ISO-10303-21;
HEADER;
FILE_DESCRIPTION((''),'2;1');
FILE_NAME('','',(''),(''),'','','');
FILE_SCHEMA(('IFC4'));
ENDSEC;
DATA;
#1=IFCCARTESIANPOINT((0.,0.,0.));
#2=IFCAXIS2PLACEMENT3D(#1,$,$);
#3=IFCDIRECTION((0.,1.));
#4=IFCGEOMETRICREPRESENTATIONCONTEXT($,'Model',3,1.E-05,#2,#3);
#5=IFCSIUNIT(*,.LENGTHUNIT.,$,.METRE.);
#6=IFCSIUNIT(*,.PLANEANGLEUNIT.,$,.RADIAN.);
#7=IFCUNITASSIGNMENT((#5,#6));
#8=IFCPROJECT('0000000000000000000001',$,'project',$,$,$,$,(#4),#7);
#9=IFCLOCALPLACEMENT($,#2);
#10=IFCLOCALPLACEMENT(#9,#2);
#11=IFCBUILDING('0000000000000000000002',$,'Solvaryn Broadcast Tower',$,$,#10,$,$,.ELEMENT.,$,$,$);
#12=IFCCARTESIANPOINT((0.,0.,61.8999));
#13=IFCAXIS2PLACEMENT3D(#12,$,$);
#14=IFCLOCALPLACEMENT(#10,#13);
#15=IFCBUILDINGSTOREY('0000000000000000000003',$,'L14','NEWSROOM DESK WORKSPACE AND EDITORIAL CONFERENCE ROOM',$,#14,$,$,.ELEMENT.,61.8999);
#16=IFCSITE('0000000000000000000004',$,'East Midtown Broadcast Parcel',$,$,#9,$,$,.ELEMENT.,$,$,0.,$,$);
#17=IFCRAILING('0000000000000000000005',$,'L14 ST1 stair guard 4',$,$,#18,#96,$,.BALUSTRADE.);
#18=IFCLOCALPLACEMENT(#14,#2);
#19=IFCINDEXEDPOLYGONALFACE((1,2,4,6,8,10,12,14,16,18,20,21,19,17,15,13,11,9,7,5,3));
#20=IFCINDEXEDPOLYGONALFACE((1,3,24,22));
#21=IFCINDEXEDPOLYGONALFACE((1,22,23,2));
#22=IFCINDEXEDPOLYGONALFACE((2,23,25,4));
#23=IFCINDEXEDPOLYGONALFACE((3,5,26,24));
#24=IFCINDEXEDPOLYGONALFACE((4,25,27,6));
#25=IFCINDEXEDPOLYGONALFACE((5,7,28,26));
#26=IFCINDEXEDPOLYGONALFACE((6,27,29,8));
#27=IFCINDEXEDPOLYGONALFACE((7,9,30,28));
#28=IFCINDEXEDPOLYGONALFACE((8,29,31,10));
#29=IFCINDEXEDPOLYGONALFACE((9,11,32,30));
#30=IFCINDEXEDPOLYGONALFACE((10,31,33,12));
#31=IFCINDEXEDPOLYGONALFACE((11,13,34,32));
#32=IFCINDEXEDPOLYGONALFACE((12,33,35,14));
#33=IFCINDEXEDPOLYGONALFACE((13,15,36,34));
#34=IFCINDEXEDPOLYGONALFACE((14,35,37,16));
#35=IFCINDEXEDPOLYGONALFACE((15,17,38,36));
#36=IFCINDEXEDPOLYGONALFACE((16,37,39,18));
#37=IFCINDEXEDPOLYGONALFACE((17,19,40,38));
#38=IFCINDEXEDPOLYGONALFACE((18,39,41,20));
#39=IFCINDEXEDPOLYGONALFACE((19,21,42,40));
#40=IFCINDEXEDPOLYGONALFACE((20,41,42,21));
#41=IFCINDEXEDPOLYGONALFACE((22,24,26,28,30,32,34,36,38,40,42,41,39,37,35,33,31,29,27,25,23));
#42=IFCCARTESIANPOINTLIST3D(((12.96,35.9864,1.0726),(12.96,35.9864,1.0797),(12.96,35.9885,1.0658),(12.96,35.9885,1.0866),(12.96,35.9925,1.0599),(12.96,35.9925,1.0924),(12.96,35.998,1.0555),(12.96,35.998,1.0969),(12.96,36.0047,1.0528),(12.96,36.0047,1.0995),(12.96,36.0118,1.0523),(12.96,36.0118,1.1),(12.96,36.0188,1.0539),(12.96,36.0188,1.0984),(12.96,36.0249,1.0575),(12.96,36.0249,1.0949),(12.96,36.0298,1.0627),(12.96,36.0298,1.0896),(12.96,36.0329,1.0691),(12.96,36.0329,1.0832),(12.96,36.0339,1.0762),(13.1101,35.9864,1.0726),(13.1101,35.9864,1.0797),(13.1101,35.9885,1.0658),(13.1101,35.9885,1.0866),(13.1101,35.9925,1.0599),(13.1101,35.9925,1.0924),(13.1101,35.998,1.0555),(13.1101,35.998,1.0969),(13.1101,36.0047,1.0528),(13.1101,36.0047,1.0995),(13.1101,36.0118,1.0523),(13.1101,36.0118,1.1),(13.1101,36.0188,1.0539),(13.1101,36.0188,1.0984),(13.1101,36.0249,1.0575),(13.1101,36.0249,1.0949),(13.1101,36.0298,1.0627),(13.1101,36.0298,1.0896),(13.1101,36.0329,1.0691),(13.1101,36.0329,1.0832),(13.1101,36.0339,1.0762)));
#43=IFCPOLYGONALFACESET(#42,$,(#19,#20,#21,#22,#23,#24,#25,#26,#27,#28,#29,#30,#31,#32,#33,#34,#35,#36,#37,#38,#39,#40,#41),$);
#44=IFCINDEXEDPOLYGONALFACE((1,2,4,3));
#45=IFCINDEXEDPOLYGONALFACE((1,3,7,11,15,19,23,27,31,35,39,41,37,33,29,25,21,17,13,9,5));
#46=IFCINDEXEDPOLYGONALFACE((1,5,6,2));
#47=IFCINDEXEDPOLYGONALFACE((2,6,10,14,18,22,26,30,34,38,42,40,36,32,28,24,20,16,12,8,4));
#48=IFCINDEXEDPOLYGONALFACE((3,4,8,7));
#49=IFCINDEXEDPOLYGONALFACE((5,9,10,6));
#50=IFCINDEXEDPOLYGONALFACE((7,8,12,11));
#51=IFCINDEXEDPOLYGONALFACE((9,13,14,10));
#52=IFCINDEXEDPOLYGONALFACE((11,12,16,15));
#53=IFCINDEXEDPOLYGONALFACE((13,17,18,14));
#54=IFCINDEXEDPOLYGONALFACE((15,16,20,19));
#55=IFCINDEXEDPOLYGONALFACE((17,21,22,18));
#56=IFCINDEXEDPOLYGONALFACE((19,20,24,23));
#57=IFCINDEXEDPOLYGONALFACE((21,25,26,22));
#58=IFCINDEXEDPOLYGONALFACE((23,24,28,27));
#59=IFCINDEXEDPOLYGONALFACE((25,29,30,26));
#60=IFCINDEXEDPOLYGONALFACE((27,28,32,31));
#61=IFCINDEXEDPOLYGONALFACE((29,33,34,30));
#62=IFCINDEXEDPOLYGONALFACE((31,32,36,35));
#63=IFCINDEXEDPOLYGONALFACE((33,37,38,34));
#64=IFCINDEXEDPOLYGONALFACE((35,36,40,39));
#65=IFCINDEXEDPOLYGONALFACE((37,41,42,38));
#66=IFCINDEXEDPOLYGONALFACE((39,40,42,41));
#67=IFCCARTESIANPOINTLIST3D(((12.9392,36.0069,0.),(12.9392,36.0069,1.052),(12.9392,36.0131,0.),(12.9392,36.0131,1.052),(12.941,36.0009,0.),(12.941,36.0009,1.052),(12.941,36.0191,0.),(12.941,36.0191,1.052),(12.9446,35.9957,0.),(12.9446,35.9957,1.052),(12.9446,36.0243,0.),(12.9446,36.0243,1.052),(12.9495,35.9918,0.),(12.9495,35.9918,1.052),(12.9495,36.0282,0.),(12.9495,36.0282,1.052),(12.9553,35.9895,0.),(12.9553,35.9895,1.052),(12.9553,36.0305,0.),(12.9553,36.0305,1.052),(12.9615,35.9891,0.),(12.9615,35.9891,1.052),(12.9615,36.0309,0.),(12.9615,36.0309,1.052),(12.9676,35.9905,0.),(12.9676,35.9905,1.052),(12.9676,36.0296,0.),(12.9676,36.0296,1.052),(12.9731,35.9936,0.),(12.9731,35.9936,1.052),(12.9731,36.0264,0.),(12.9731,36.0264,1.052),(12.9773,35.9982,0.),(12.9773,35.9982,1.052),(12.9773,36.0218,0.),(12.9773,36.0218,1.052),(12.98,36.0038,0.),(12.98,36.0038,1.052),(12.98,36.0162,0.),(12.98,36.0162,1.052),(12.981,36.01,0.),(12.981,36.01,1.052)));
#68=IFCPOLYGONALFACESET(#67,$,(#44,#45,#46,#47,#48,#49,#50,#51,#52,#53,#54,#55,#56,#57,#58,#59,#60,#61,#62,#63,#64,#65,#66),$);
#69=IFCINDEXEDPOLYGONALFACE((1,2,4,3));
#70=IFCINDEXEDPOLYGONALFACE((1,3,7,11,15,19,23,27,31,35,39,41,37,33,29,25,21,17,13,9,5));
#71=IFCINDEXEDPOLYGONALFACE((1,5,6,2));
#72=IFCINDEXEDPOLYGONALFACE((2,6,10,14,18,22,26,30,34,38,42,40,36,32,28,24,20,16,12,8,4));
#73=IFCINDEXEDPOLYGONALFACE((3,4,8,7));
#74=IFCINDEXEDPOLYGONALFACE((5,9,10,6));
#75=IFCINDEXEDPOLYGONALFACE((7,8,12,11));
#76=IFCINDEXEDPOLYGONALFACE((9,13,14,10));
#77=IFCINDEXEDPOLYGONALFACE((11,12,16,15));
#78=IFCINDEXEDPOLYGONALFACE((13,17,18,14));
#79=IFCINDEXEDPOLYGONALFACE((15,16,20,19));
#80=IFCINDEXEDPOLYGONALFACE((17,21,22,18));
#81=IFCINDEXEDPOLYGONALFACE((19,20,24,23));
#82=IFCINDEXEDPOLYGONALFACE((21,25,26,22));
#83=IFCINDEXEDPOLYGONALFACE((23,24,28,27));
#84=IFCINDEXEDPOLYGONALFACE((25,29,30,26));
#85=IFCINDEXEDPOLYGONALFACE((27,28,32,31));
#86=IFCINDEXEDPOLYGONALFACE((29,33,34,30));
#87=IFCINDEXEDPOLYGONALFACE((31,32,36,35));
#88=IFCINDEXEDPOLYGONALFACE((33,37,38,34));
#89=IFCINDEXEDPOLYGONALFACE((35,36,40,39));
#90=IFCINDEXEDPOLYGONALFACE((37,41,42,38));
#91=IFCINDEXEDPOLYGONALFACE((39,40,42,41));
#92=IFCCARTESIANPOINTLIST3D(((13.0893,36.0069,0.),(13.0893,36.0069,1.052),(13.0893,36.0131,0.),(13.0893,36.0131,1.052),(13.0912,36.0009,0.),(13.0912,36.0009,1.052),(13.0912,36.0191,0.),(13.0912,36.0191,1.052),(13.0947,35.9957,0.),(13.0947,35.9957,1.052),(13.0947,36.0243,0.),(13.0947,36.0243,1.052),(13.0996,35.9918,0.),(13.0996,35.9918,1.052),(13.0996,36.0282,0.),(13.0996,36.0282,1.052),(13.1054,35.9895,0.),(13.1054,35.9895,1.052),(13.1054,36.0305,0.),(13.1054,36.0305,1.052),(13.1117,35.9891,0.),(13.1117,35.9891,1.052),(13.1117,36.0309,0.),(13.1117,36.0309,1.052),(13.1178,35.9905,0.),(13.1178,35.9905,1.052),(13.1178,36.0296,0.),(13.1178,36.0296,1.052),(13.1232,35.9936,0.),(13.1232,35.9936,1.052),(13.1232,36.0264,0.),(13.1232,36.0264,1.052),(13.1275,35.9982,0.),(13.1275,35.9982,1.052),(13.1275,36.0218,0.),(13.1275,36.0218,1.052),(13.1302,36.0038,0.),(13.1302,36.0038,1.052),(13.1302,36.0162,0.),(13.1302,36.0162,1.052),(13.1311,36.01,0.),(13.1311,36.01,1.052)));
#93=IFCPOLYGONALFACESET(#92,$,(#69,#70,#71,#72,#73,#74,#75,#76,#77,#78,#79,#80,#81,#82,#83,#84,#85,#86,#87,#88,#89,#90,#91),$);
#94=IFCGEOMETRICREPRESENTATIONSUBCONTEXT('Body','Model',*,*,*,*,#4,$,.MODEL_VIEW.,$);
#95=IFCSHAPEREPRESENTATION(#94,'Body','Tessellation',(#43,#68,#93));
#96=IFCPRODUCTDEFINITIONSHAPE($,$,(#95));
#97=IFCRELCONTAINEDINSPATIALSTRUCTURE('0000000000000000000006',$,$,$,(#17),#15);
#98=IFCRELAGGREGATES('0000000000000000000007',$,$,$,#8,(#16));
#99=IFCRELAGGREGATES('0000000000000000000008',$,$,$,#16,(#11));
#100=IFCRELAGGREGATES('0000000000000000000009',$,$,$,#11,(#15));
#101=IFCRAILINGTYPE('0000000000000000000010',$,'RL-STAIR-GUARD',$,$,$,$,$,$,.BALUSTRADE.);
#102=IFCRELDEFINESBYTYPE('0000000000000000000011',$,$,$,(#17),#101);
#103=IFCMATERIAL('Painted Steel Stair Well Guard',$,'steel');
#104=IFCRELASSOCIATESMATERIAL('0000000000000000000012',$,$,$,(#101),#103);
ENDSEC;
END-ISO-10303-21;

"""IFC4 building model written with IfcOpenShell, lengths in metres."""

from ifc_helpers import new_model, si_unit, direction, frame, origin, origin_2d, place, context, subcontext, project, spatial, circle, extrude, material, type_object, element, save


model = new_model("IFC4")

# Units and contexts
model_context = context("Model", 3, precision=1e-05, world=origin(), true_north=direction((0.0, 1.0)))
body_context = subcontext(model_context, "Body", "Model", "MODEL_VIEW")
ifc_project = project(units=[si_unit("LENGTHUNIT", "METRE"), si_unit("PLANEANGLEUNIT", "RADIAN")], contexts=[model_context])

# Site, building, storey
site_placement = place(None, origin())
site = spatial("IfcSite", under=ifc_project, at=site_placement, Name="East Midtown Broadcast Parcel", CompositionType="ELEMENT", RefElevation=0.0)
building_placement = place(site_placement, origin())
building = spatial("IfcBuilding", under=site, at=building_placement, Name="Solvaryn Broadcast Tower", CompositionType="ELEMENT")
storey_placement = place(building_placement, frame((0.0, 0.0, 61.8999)))
storey = spatial("IfcBuildingStorey", under=building, at=storey_placement, Name="L14", Description="NEWSROOM DESK WORKSPACE AND EDITORIAL CONFERENCE ROOM", CompositionType="ELEMENT", Elevation=61.8999)

# Railing
ifc_material_1 = material(Name="Painted Steel Stair Well Guard", Category="steel")
railing_type_1 = type_object("IfcRailingType", Name="RL-STAIR-GUARD", PredefinedType="BALUSTRADE", material=ifc_material_1)
railing_1_placement = place(storey_placement, frame((12.96, 36.01, 0.0)))
element("IfcRailing", 1, at=railing_1_placement, inside=storey, type_object=railing_type_1, Name="L14 ST1 stair guard 4", PredefinedType="BALUSTRADE", context=body_context, shape_type="SweptSolid", body=[
    extrude(circle(Radius=0.0239, at=origin_2d()), frame((0.0, 0.0, 1.0762), z_axis=(1.0, 0.0, 0.0), x_axis=(0.0, 1.0, 0.0)), (0.0, 0.0, 1.0), 0.1501),
    extrude(circle(Radius=0.021, at=origin_2d()), origin(), (0.0, 0.0, 1.0), 1.052),
    extrude(circle(Radius=0.021, at=origin_2d()), frame((0.1501, 0.0, 0.0)), (0.0, 0.0, 1.0), 1.052),
])

save(model, "model.ifc")
